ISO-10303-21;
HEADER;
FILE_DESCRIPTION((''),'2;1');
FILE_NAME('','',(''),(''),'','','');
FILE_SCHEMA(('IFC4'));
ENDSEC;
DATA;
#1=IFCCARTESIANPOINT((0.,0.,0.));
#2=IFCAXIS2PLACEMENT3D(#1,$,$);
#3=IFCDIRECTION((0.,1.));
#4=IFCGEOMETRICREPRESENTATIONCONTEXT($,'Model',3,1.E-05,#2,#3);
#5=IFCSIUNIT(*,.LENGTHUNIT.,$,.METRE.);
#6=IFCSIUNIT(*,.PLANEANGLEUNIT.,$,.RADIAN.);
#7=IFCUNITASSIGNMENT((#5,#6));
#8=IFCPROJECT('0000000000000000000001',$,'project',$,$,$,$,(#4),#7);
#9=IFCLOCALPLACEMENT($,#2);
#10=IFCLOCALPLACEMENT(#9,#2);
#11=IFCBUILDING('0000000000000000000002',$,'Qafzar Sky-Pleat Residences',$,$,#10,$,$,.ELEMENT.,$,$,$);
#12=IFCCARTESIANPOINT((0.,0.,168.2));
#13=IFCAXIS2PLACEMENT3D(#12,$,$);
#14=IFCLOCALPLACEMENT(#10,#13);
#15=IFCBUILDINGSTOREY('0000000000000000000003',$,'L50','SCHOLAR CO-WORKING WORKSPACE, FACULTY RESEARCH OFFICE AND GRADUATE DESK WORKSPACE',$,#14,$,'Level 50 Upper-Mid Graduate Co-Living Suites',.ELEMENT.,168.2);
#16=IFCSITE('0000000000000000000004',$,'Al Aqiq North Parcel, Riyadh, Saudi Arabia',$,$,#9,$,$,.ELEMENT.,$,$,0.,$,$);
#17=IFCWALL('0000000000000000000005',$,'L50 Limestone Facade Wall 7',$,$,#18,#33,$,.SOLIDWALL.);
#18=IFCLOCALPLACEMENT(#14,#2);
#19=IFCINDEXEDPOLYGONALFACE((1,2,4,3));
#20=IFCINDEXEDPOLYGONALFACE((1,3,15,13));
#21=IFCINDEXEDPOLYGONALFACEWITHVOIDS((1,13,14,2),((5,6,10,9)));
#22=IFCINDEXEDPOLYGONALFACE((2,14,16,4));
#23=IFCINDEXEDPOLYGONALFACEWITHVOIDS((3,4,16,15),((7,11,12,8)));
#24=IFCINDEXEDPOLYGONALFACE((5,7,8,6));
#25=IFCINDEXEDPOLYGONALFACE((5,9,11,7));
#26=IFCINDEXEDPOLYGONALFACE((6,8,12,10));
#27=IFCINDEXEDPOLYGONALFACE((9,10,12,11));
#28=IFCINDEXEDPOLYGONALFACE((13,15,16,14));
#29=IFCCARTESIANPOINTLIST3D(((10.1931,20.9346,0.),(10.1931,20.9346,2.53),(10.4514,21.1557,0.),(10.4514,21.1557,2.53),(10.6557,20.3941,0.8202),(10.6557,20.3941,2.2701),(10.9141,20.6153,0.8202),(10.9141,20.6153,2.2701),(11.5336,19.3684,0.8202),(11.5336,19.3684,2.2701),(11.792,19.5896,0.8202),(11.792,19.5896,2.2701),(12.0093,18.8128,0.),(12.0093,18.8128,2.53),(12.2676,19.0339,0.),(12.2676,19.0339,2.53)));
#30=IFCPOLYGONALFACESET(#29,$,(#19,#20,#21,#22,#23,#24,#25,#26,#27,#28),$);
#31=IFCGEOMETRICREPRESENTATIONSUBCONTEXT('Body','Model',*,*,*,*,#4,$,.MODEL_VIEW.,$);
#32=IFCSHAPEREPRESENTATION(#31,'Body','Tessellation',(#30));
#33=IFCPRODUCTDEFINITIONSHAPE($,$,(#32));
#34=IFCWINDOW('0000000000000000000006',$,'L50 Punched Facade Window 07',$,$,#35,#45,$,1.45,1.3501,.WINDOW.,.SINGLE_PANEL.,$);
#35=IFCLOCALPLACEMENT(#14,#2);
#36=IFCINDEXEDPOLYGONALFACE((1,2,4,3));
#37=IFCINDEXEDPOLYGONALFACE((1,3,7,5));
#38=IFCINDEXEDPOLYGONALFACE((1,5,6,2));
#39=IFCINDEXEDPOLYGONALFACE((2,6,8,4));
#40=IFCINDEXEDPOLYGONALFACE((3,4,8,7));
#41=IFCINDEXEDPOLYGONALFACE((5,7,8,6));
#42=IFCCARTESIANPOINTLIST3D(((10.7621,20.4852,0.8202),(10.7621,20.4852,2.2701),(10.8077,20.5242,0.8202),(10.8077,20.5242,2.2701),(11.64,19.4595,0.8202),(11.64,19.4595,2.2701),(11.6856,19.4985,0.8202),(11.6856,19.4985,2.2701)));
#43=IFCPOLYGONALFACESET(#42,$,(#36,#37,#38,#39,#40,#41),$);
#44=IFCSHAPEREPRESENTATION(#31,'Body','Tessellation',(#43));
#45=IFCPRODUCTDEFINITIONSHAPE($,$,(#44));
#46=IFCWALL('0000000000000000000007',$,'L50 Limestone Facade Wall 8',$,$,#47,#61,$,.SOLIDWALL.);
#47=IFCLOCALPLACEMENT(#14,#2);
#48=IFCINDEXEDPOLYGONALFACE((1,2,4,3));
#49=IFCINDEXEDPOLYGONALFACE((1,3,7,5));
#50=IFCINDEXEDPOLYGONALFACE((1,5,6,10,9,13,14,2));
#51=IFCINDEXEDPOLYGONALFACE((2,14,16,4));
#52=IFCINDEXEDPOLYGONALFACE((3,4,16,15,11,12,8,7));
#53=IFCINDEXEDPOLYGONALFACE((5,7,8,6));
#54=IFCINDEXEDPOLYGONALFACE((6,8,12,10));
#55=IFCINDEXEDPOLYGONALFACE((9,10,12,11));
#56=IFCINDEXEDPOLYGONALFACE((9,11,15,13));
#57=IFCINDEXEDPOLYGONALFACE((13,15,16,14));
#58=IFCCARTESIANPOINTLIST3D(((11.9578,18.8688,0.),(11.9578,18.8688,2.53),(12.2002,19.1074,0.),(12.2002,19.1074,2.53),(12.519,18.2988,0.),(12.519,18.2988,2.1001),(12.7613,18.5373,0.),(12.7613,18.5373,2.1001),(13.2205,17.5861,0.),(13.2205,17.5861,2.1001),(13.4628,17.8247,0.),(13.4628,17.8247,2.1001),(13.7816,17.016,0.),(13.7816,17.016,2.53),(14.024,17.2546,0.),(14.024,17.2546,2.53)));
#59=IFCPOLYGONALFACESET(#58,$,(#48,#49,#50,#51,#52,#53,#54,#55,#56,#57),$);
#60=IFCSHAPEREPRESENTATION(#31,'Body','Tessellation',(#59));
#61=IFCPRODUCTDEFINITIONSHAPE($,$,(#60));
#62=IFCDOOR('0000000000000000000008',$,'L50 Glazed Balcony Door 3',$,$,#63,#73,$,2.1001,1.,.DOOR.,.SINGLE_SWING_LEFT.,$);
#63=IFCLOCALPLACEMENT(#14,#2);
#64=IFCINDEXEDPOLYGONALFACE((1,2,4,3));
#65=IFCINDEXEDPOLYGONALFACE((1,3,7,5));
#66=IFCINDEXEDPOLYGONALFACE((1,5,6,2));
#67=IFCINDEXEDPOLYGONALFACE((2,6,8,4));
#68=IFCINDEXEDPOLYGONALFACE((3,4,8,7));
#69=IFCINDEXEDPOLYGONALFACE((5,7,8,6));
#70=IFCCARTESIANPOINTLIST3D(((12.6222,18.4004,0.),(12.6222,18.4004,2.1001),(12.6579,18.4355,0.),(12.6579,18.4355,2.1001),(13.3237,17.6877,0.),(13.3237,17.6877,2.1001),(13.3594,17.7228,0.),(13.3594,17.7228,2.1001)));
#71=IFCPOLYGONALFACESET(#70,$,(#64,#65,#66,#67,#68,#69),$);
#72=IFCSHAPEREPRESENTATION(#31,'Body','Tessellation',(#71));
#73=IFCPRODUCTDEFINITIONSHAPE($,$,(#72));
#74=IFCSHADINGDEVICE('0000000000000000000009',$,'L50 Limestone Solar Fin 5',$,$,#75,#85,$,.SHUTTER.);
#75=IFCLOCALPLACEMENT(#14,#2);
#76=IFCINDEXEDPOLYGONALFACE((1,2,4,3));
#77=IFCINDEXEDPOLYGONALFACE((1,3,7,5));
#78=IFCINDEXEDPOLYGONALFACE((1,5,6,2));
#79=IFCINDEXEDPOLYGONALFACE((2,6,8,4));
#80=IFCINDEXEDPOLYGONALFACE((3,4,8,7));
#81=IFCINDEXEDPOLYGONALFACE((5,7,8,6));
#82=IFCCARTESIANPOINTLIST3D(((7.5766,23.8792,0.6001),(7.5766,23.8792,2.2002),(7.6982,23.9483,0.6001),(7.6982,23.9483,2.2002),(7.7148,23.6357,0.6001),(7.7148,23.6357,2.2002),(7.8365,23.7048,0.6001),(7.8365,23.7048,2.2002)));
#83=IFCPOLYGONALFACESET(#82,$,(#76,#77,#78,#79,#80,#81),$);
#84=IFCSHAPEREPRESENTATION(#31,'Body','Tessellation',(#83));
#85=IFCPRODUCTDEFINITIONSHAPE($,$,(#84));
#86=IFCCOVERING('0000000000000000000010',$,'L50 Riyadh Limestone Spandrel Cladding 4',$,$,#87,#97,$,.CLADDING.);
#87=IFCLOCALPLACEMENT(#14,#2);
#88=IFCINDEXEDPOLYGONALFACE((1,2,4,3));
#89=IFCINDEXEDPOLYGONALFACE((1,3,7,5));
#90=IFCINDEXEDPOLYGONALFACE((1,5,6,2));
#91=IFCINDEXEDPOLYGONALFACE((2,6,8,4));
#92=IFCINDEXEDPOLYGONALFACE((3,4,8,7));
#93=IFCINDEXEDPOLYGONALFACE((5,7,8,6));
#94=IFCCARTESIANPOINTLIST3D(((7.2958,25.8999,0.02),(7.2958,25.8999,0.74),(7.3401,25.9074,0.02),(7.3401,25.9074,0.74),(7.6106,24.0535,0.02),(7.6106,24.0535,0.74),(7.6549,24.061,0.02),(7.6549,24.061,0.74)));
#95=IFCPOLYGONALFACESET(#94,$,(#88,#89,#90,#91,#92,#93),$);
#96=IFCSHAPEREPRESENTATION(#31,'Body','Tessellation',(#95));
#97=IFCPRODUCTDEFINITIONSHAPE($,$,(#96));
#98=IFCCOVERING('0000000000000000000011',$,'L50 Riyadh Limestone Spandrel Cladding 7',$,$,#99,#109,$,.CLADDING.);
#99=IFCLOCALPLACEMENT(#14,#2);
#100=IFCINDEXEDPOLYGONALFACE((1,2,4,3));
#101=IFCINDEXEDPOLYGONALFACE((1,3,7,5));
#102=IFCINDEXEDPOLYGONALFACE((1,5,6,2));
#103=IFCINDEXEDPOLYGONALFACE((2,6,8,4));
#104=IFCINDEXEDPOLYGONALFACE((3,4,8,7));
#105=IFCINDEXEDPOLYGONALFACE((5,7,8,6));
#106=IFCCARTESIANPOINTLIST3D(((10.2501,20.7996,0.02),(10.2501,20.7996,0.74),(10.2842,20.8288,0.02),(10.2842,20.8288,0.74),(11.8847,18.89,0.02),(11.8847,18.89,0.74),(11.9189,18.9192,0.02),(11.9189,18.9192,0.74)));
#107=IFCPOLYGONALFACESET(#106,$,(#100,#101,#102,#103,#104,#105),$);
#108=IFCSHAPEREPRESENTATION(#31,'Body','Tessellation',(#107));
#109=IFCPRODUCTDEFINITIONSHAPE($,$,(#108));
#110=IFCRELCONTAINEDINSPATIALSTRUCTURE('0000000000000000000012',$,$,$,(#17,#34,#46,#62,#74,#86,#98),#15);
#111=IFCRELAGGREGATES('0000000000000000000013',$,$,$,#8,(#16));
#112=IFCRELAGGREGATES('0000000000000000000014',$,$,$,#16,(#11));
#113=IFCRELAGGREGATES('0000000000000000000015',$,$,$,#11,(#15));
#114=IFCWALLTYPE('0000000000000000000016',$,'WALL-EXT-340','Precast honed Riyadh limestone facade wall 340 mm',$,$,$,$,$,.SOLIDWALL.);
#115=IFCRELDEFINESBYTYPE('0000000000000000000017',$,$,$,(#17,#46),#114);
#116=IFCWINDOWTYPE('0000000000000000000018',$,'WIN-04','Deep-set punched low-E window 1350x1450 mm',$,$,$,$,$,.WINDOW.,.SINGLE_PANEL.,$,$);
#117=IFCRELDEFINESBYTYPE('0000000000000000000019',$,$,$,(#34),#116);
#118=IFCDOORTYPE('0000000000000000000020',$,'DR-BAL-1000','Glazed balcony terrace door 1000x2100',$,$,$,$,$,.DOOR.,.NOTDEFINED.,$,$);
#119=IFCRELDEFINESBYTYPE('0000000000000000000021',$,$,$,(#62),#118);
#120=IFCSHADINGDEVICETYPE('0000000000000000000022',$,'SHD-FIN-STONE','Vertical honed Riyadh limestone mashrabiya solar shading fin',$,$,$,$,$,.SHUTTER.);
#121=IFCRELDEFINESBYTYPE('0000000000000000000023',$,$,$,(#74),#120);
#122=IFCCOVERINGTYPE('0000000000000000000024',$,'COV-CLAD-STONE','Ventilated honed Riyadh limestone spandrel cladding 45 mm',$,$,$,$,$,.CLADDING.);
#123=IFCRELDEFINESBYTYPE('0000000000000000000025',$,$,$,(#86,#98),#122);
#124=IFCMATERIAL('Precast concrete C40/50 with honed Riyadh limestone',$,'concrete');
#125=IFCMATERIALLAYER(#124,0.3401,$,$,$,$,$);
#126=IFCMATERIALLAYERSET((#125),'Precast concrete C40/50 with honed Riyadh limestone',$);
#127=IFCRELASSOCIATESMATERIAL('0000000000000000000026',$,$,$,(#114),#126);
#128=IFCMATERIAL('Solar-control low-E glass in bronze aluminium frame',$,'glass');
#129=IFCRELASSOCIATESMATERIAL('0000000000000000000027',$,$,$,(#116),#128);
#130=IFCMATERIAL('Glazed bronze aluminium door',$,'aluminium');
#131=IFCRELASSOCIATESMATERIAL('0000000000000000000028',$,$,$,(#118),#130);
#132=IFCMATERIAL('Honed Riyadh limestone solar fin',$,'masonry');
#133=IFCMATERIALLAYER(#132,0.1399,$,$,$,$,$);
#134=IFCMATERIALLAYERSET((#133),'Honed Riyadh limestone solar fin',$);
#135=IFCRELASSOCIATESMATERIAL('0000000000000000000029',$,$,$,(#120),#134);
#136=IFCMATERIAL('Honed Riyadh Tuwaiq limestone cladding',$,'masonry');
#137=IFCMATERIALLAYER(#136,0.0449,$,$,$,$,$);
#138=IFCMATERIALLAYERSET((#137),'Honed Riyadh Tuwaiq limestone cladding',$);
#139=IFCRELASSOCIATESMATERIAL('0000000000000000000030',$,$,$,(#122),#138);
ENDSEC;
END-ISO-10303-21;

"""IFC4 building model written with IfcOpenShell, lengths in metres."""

from ifc_helpers import new_model, si_unit, direction, frame, frame_2d, origin, origin_2d, place, context, subcontext, project, spatial, rectangle, extrude, source, transform, mapped, material, layer, layer_set, type_object, element, fill, save


model = new_model("IFC4")

# Units and contexts
model_context = context("Model", 3, precision=1e-05, world=origin(), true_north=direction((0.0, 1.0)))
body_context = subcontext(model_context, "Body", "Model", "MODEL_VIEW")
ifc_project = project(units=[si_unit("LENGTHUNIT", "METRE"), si_unit("PLANEANGLEUNIT", "RADIAN")], contexts=[model_context])

# Site, building, storey
site_placement = place(None, origin())
site = spatial("IfcSite", under=ifc_project, at=site_placement, Name="Al Aqiq North Parcel, Riyadh, Saudi Arabia", CompositionType="ELEMENT", RefElevation=0.0)
building_placement = place(site_placement, origin())
building = spatial("IfcBuilding", under=site, at=building_placement, Name="Qafzar Sky-Pleat Residences", CompositionType="ELEMENT")
storey_placement = place(building_placement, frame((0.0, 0.0, 168.2)))
storey = spatial("IfcBuildingStorey", under=building, at=storey_placement, Name="L50", Description="SCHOLAR CO-WORKING WORKSPACE, FACULTY RESEARCH OFFICE AND GRADUATE DESK WORKSPACE", LongName="Level 50 Upper-Mid Graduate Co-Living Suites", CompositionType="ELEMENT", Elevation=168.2)

# Wall, opening, window
ifc_material_1 = material(Name="Precast concrete C40/50 with honed Riyadh limestone", Category="concrete")
ifc_layer_1 = layer(ifc_material_1, 0.3401)
ifc_layer_set_1 = layer_set([ifc_layer_1], Name="Precast concrete C40/50 with honed Riyadh limestone")
wall_type = type_object("IfcWallType", Name="WALL-EXT-340", Description="Precast honed Riyadh limestone facade wall 340 mm", PredefinedType="SOLIDWALL", material=ifc_layer_set_1)
ifc_material_2 = material(Name="Solar-control low-E glass in bronze aluminium frame", Category="glass")
wall_1_placement = place(storey_placement, frame((10.3223, 21.0452, 0.0), z_axis=(0.0, 0.0, 1.0), x_axis=(0.650266, -0.759707, 0.0)))
wall_1 = element("IfcWall", 1, at=wall_1_placement, inside=storey, type_object=wall_type, Name="L50 Limestone Facade Wall 7", PredefinedType="SOLIDWALL", context=body_context, shape_type="SweptSolid", body=[
    extrude(rectangle(XDim=2.793, YDim=0.3401, at=frame_2d((1.3965, 0.0))), origin(), (0.0, 0.0, 1.0), 2.53),
])
opening_1_placement = place(wall_1_placement, frame((0.7114, 0.0, 0.8201)))
opening_1 = element("IfcOpeningElement", 2, at=opening_1_placement, cuts=wall_1, PredefinedType="OPENING", context=body_context, shape_type="SweptSolid", body=[
    extrude(rectangle(XDim=1.3501, YDim=1.45, at=frame_2d((0.675, 0.7251))), frame((0.0, 0.1802, 0.0), z_axis=(0.0, -1.0, 0.0), x_axis=(1.0, 0.0, 0.0)), (0.0, 0.0, 1.0), 0.3601),
])
window_type_1 = type_object("IfcWindowType", Name="WIN-04", Description="Deep-set punched low-E window 1350x1450 mm", PartitioningType="SINGLE_PANEL", PredefinedType="WINDOW", material=ifc_material_2)
shared_shape_1 = source(origin(), body_context, "Body", "SweptSolid", [
    extrude(rectangle(XDim=1.3501, YDim=1.45, at=frame_2d((0.675, 0.7251))), frame((0.0, 0.03, 0.0), z_axis=(0.0, -1.0, 0.0), x_axis=(1.0, 0.0, 0.0)), (0.0, 0.0, 1.0), 0.0601),
])
window_1_placement = place(opening_1_placement, origin())
window_1 = element("IfcWindow", 3, at=window_1_placement, inside=storey, type_object=window_type_1, Name="L50 Punched Facade Window 07", OverallHeight=1.45, OverallWidth=1.3501, PartitioningType="SINGLE_PANEL", PredefinedType="WINDOW", context=body_context, shape_type="MappedRepresentation", body=[
    mapped(shared_shape_1, transform((0.0, 0.0, 0.0), x_axis=(1.0, 0.0, 0.0), y_axis=(0.0, 1.0, 0.0), z_axis=(0.0, 0.0, 1.0), scale=1.0)),
])
fill(opening_1, window_1)

# Wall, opening, door
wall_2_placement = place(storey_placement, frame((12.0791, 18.988, 0.0), z_axis=(0.0, 0.0, 1.0), x_axis=(0.701497, -0.712672, 0.0)))
wall_2 = element("IfcWall", 4, at=wall_2_placement, inside=storey, type_object=wall_type, Name="L50 Limestone Facade Wall 8", PredefinedType="SOLIDWALL", context=body_context, shape_type="SweptSolid", body=[
    extrude(rectangle(XDim=2.5999, YDim=0.3401, at=frame_2d((1.2998, 0.0))), origin(), (0.0, 0.0, 1.0), 2.53),
])
opening_2_placement = place(wall_2_placement, frame((0.7998, 0.0, 0.0)))
opening_2 = element("IfcOpeningElement", 5, at=opening_2_placement, cuts=wall_2, PredefinedType="OPENING", context=body_context, shape_type="SweptSolid", body=[
    extrude(rectangle(XDim=1.0, YDim=2.1001, at=frame_2d((0.5, 1.05))), frame((0.0, 0.1802, 0.0), z_axis=(0.0, -1.0, 0.0), x_axis=(1.0, 0.0, 0.0)), (0.0, 0.0, 1.0), 0.3601),
])
ifc_material_3 = material(Name="Glazed bronze aluminium door", Category="aluminium")
door_type = type_object("IfcDoorType", Name="DR-BAL-1000", Description="Glazed balcony terrace door 1000x2100", OperationType="NOTDEFINED", PredefinedType="DOOR", material=ifc_material_3)
shared_shape_2 = source(origin(), body_context, "Body", "SweptSolid", [
    extrude(rectangle(XDim=1.0, YDim=2.1001, at=frame_2d((0.5, 1.05))), frame((0.0, 0.0249, 0.0), z_axis=(0.0, -1.0, 0.0), x_axis=(1.0, 0.0, 0.0)), (0.0, 0.0, 1.0), 0.05),
])
door_placement = place(opening_2_placement, origin())
door = element("IfcDoor", 6, at=door_placement, inside=storey, type_object=door_type, Name="L50 Glazed Balcony Door 3", OperationType="SINGLE_SWING_LEFT", OverallHeight=2.1001, OverallWidth=1.0, PredefinedType="DOOR", context=body_context, shape_type="MappedRepresentation", body=[
    mapped(shared_shape_2, transform((0.0, 0.0, 0.0), x_axis=(1.0, 0.0, 0.0), y_axis=(0.0, 1.0, 0.0), z_axis=(0.0, 0.0, 1.0), scale=1.0)),
])
fill(opening_2, door)

# Shading device
ifc_material_4 = material(Name="Honed Riyadh limestone solar fin", Category="masonry")
ifc_layer_2 = layer(ifc_material_4, 0.1399)
ifc_layer_set_2 = layer_set([ifc_layer_2], Name="Honed Riyadh limestone solar fin")
shading_device_type = type_object("IfcShadingDeviceType", Name="SHD-FIN-STONE", Description="Vertical honed Riyadh limestone mashrabiya solar shading fin", PredefinedType="SHUTTER", material=ifc_layer_set_2)
shared_shape_3 = source(origin(), body_context, "Body", "SweptSolid", [
    extrude(rectangle(XDim=0.1399, YDim=0.28, at=origin_2d()), origin(), (0.0, 0.0, 1.0), 1.6001),
])
shading_device_placement = place(storey_placement, frame((7.7065, 23.792, 0.6001), z_axis=(0.0, 0.0, 1.0), x_axis=(-0.869636, -0.493693, 0.0)))
element("IfcShadingDevice", 7, at=shading_device_placement, inside=storey, type_object=shading_device_type, Name="L50 Limestone Solar Fin 5", PredefinedType="SHUTTER", context=body_context, shape_type="MappedRepresentation", body=[
    mapped(shared_shape_3, transform((0.0, 0.0, 0.0), x_axis=(1.0, 0.0, 0.0), y_axis=(0.0, 1.0, 0.0), z_axis=(0.0, 0.0, 1.0), scale=1.0)),
])

# Covering
ifc_material_5 = material(Name="Honed Riyadh Tuwaiq limestone cladding", Category="masonry")
ifc_layer_3 = layer(ifc_material_5, 0.0449)
ifc_layer_set_3 = layer_set([ifc_layer_3], Name="Honed Riyadh Tuwaiq limestone cladding")
covering_type = type_object("IfcCoveringType", Name="COV-CLAD-STONE", Description="Ventilated honed Riyadh limestone spandrel cladding 45 mm", PredefinedType="CLADDING", material=ifc_layer_set_3)
shared_shape_4 = source(origin(), body_context, "Body", "SweptSolid", [
    extrude(rectangle(XDim=1.873, YDim=0.0449, at=origin_2d()), origin(), (0.0, 0.0, 1.0), 0.72),
])
covering_1_placement = place(storey_placement, frame((7.4753, 24.9805, 0.02), z_axis=(0.0, 0.0, 1.0), x_axis=(0.168084, -0.985773, 0.0)))
element("IfcCovering", 8, at=covering_1_placement, inside=storey, type_object=covering_type, Name="L50 Riyadh Limestone Spandrel Cladding 4", PredefinedType="CLADDING", context=body_context, shape_type="MappedRepresentation", body=[
    mapped(shared_shape_4, transform((0.0, 0.0, 0.0), x_axis=(1.0, 0.0, 0.0), y_axis=(0.0, 1.0, 0.0), z_axis=(0.0, 0.0, 1.0), scale=1.0)),
])

# Covering
shared_shape_5 = source(origin(), body_context, "Body", "SweptSolid", [
    extrude(rectangle(XDim=2.5137, YDim=0.0449, at=origin_2d()), origin(), (0.0, 0.0, 1.0), 0.72),
])
covering_2_placement = place(storey_placement, frame((11.0845, 19.8594, 0.02), z_axis=(0.0, 0.0, 1.0), x_axis=(0.650296, -0.759681, 0.0)))
element("IfcCovering", 9, at=covering_2_placement, inside=storey, type_object=covering_type, Name="L50 Riyadh Limestone Spandrel Cladding 7", PredefinedType="CLADDING", context=body_context, shape_type="MappedRepresentation", body=[
    mapped(shared_shape_5, transform((0.0, 0.0, 0.0), x_axis=(1.0, 0.0, 0.0), y_axis=(0.0, 1.0, 0.0), z_axis=(0.0, 0.0, 1.0), scale=1.0)),
])

save(model, "model.ifc")
